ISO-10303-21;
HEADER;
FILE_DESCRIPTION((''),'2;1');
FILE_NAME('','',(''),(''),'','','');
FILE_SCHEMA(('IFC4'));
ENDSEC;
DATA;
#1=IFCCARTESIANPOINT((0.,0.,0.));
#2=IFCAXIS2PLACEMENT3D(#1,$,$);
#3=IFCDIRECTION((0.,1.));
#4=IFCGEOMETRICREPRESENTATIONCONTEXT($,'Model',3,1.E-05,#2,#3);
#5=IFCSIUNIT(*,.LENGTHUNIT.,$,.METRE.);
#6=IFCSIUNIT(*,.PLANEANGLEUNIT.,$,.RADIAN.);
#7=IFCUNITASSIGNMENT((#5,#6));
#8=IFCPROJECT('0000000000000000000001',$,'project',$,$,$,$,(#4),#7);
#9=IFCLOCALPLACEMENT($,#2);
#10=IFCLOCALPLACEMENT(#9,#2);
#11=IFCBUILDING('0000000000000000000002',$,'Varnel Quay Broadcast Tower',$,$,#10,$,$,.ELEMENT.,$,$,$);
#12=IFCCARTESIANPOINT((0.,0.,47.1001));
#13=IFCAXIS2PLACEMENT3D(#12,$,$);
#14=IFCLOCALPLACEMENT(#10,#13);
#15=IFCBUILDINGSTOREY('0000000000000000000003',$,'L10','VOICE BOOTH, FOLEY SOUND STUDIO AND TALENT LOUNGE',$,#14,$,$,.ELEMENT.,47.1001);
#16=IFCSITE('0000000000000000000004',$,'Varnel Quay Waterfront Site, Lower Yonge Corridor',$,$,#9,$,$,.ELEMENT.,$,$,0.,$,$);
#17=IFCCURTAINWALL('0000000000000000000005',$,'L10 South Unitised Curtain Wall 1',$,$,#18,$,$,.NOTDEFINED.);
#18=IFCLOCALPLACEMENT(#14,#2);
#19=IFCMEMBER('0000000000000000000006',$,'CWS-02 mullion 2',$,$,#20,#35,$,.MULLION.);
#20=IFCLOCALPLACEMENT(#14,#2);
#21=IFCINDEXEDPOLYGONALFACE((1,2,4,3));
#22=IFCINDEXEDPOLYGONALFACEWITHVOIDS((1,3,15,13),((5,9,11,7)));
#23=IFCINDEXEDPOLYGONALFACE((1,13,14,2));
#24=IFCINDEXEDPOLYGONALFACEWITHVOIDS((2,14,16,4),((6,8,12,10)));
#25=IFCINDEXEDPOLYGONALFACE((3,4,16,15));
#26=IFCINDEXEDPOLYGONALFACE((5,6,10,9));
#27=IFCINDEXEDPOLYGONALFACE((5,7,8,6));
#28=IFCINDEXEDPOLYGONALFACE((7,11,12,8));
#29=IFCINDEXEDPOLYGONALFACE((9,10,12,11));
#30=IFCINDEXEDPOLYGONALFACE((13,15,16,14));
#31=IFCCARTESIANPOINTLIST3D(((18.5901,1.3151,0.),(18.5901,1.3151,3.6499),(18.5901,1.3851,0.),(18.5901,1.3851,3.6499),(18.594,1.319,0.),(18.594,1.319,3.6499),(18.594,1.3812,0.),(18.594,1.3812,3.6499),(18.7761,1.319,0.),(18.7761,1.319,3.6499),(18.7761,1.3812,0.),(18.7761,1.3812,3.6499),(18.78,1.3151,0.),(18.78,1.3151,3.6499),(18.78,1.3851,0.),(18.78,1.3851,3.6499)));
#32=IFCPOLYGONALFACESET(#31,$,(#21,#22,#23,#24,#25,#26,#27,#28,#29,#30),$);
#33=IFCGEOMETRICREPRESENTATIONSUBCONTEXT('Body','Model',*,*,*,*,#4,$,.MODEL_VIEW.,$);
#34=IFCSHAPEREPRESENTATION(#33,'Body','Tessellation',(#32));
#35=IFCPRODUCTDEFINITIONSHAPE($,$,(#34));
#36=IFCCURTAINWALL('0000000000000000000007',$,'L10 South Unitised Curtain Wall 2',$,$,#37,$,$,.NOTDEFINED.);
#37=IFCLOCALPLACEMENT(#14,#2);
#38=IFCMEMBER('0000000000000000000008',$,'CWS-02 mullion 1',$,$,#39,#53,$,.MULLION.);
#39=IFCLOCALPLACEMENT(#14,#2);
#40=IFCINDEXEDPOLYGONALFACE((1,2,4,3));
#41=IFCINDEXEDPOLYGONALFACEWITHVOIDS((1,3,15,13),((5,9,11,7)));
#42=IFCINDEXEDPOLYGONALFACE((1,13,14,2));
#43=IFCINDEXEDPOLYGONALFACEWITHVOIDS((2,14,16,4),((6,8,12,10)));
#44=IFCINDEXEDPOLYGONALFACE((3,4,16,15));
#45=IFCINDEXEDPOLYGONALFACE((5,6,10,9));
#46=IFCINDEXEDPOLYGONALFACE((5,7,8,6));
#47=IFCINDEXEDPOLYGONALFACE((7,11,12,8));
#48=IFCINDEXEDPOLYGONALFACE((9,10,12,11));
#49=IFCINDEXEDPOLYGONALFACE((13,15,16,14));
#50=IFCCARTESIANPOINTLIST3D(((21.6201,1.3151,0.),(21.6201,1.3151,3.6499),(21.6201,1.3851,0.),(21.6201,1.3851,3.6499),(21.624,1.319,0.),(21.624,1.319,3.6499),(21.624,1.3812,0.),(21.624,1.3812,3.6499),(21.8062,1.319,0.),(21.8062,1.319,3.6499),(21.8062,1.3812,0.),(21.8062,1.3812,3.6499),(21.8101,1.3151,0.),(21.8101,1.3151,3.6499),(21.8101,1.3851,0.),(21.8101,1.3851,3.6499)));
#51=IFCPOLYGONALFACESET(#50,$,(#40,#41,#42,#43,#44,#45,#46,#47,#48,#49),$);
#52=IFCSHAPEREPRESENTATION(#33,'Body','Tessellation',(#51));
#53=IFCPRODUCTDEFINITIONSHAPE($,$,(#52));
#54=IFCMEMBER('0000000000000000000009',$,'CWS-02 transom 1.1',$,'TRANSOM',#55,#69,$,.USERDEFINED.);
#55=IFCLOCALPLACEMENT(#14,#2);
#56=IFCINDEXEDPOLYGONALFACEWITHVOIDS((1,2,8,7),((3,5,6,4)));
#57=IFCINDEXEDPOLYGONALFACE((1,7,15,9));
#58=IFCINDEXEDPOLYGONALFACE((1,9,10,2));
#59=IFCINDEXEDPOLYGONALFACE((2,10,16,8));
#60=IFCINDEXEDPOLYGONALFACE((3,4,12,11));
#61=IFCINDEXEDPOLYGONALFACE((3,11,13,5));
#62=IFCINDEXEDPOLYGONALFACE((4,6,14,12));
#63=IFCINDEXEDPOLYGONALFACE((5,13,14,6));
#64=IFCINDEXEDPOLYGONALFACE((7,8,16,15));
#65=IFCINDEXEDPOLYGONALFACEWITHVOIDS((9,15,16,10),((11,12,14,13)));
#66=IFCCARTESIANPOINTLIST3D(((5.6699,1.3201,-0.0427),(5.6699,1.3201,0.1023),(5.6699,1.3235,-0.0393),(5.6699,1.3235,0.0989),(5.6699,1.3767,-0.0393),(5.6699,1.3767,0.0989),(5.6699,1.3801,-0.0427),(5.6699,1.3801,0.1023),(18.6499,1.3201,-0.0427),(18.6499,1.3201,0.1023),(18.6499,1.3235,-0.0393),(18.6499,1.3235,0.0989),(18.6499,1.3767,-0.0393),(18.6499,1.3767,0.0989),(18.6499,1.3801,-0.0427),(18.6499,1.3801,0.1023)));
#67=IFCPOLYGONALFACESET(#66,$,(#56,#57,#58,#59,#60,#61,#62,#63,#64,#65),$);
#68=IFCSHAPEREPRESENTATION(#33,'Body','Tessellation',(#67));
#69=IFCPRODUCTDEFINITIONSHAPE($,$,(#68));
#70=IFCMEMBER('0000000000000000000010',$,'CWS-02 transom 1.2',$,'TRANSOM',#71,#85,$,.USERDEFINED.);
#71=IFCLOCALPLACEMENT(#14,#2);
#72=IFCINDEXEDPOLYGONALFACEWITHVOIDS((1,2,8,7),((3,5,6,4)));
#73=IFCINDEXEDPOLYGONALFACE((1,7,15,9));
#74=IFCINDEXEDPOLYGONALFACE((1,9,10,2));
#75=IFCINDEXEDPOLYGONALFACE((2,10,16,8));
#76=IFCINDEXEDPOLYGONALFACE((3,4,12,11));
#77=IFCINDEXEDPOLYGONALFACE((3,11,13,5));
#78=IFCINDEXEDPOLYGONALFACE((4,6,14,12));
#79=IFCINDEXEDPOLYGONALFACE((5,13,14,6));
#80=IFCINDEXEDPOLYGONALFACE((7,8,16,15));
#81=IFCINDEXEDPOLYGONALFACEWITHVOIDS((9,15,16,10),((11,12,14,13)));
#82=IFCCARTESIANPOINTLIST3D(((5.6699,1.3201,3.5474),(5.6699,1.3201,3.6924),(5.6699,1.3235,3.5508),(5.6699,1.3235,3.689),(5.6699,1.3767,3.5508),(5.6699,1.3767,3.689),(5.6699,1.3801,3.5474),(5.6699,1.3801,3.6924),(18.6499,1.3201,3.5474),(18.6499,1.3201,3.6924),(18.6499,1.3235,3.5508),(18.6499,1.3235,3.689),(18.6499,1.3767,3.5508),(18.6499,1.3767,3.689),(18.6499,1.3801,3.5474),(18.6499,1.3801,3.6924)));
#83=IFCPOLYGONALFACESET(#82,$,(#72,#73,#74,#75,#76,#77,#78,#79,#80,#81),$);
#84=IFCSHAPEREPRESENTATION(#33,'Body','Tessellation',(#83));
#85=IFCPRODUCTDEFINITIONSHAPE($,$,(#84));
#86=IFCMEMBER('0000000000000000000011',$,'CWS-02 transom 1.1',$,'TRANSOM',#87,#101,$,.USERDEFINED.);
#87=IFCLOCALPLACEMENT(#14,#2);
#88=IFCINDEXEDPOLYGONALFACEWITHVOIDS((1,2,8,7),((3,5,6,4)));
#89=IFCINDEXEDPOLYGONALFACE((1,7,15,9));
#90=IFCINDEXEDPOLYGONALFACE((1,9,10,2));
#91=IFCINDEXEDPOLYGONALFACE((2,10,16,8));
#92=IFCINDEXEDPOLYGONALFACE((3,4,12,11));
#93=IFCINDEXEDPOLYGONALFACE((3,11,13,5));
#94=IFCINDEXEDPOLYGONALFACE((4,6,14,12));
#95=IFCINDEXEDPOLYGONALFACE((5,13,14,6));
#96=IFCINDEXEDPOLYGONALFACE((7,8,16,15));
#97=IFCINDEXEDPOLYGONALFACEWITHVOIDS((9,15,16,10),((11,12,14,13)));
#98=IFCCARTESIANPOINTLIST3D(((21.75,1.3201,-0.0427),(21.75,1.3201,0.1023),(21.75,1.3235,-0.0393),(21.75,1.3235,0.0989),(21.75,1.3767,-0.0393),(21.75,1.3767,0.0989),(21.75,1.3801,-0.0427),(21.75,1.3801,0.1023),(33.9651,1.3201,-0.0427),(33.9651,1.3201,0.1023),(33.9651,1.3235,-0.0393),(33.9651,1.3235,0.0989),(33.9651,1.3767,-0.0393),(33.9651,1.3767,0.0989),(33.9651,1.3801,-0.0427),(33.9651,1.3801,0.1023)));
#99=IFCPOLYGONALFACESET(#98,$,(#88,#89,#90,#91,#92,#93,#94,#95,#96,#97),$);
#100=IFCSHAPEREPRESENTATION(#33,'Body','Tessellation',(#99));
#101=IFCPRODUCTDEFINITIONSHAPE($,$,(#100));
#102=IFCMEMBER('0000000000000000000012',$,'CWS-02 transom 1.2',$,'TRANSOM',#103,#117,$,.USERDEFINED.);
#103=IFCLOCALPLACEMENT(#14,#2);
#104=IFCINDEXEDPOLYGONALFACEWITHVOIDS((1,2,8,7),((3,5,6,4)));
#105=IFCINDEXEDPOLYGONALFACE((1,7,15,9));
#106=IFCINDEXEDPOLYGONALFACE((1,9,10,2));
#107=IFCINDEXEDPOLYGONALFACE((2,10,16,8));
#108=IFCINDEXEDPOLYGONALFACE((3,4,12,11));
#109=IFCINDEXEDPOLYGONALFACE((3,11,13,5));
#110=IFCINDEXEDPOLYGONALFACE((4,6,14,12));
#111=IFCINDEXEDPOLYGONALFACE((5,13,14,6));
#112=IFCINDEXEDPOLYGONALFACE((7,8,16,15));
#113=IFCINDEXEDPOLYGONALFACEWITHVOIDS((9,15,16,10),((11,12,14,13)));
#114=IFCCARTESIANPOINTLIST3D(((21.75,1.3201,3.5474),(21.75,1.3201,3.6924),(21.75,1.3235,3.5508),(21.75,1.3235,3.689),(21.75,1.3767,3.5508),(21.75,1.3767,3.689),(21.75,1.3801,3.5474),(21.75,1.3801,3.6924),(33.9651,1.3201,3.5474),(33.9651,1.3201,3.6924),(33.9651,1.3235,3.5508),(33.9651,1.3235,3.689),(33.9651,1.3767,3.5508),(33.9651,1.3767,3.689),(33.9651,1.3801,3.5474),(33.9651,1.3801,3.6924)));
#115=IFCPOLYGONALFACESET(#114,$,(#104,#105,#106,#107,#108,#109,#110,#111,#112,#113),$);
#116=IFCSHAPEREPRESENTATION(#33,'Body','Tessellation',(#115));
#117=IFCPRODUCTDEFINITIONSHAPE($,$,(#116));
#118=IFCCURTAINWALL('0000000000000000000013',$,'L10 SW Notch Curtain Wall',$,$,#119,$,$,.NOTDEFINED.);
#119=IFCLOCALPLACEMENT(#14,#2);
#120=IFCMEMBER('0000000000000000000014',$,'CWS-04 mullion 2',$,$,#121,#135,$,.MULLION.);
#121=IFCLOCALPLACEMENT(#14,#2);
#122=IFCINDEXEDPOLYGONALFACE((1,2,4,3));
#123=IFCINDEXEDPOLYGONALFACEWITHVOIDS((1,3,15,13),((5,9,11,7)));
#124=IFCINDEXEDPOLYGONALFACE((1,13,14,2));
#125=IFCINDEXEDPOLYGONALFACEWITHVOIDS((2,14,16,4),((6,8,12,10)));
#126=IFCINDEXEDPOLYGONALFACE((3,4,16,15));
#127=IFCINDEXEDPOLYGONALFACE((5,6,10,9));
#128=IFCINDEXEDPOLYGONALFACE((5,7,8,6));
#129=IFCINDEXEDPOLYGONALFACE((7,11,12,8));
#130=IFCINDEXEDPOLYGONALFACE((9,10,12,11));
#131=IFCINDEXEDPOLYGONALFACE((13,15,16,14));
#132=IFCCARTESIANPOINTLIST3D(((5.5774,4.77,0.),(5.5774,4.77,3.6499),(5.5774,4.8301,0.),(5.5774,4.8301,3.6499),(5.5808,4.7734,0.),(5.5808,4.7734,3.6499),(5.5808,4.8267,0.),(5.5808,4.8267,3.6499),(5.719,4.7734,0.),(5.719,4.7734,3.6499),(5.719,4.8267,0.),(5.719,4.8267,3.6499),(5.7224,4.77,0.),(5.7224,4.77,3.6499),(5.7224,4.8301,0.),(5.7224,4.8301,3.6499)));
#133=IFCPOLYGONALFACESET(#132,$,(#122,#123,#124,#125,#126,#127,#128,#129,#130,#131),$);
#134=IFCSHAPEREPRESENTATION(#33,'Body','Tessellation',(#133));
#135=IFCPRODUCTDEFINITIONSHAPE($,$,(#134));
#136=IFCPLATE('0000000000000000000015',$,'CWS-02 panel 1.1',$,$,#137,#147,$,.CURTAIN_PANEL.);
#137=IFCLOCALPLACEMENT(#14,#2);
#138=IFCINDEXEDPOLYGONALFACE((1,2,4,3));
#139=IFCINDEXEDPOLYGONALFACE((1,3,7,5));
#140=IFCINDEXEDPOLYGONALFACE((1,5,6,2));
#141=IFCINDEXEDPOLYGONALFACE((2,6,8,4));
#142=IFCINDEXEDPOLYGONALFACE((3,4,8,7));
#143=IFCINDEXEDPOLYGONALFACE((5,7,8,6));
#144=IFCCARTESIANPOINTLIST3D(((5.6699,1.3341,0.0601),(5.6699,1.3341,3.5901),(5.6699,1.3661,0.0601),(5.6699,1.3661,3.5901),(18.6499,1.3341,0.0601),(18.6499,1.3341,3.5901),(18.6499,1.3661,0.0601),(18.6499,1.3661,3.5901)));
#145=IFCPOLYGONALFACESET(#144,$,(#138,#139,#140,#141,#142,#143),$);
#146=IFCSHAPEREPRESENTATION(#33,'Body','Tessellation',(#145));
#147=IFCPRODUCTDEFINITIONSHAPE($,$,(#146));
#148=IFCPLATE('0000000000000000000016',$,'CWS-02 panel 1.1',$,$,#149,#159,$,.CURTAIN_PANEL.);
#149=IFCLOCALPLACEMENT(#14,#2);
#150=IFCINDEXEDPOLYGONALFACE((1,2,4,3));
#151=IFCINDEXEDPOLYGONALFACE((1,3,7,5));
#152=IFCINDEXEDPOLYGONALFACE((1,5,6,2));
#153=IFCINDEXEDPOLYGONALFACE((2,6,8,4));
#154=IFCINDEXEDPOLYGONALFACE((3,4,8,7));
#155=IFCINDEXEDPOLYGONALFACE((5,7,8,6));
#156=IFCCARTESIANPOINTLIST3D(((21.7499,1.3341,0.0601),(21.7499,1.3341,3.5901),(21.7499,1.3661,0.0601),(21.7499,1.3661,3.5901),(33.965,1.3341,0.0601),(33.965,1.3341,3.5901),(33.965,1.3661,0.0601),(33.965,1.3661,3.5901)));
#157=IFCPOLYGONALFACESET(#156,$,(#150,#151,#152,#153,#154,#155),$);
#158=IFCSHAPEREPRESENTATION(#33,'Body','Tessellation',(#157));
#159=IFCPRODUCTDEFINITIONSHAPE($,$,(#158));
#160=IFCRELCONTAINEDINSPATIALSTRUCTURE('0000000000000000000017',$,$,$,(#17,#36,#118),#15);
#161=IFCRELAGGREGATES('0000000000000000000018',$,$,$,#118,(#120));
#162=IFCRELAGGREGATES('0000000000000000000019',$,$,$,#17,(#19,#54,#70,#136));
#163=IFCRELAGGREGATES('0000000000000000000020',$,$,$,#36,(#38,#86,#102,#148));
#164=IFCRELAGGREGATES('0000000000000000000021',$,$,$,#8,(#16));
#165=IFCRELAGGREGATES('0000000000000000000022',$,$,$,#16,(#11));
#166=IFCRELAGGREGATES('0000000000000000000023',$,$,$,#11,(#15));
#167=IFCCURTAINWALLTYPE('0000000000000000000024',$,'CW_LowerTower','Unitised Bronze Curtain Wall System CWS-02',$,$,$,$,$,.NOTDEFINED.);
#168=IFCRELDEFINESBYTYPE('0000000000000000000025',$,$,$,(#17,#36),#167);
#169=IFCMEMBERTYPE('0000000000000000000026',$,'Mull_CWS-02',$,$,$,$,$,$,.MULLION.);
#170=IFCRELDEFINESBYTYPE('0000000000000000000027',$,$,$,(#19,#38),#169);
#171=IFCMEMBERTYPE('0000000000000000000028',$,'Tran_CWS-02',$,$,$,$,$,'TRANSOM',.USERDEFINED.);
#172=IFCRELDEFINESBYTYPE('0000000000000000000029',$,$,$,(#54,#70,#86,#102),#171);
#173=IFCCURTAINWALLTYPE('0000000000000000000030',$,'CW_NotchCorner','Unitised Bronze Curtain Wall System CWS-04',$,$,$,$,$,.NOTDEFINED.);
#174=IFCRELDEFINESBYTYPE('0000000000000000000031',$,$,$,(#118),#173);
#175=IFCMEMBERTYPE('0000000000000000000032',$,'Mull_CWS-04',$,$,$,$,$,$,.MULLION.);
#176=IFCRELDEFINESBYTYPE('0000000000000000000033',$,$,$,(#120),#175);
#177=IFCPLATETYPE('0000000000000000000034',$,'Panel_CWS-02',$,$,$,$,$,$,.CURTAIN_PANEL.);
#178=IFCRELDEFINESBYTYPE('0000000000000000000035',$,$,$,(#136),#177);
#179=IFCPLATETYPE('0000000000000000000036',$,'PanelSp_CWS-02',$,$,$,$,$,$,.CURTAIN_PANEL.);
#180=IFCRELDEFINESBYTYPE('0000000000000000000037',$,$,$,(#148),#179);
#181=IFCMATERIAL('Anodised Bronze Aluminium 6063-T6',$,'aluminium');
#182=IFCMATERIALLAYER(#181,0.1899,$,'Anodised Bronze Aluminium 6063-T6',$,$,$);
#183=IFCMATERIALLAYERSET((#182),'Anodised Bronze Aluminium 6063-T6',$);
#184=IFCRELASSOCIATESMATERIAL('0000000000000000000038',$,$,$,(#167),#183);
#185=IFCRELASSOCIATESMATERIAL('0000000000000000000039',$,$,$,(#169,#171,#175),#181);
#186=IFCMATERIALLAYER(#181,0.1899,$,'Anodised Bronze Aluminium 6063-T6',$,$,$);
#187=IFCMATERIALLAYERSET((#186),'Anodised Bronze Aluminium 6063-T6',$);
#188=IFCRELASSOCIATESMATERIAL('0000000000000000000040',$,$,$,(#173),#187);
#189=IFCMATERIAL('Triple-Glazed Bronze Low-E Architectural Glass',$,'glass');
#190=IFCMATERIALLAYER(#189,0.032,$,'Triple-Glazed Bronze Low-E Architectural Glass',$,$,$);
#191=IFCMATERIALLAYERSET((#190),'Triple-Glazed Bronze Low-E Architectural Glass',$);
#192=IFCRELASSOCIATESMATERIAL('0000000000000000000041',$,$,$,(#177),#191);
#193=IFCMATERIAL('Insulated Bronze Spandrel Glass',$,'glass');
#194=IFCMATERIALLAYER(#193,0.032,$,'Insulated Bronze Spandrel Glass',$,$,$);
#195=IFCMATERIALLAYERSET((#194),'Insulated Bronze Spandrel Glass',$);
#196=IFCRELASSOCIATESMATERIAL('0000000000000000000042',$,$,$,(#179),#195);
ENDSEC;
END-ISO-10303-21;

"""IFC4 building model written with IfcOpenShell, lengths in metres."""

from ifc_helpers import new_model, si_unit, direction, frame, origin, origin_2d, place, context, subcontext, project, spatial, rectangle, hollow_rectangle, extrude, source, transform, mapped, material, layer, layer_set, material_profile, profile_set, type_object, type_shapes, element, aggregate, save


model = new_model("IFC4")

# Units and contexts
model_context = context("Model", 3, precision=1e-05, world=origin(), true_north=direction((0.0, 1.0)))
body_context = subcontext(model_context, "Body", "Model", "MODEL_VIEW")
ifc_project = project(units=[si_unit("LENGTHUNIT", "METRE"), si_unit("PLANEANGLEUNIT", "RADIAN")], contexts=[model_context])

# Site, building, storey
site_placement = place(None, origin())
site = spatial("IfcSite", under=ifc_project, at=site_placement, Name="Varnel Quay Waterfront Site, Lower Yonge Corridor", CompositionType="ELEMENT", RefElevation=0.0)
building_placement = place(site_placement, origin())
building = spatial("IfcBuilding", under=site, at=building_placement, Name="Varnel Quay Broadcast Tower", CompositionType="ELEMENT")
storey_placement = place(building_placement, frame((0.0, 0.0, 47.1001)))
storey = spatial("IfcBuildingStorey", under=building, at=storey_placement, Name="L10", Description="VOICE BOOTH, FOLEY SOUND STUDIO AND TALENT LOUNGE", CompositionType="ELEMENT", Elevation=47.1001)

# Curtain wall, member
ifc_material_1 = material(Name="Anodised Bronze Aluminium 6063-T6", Category="aluminium")
ifc_layer_1 = layer(ifc_material_1, 0.1899, Name="Anodised Bronze Aluminium 6063-T6")
ifc_layer_set_1 = layer_set([ifc_layer_1], Name="Anodised Bronze Aluminium 6063-T6")
curtain_wall_type_1 = type_object("IfcCurtainWallType", Name="CW_LowerTower", Description="Unitised Bronze Curtain Wall System CWS-02", PredefinedType="NOTDEFINED", material=ifc_layer_set_1)
curtain_wall_1_placement = place(storey_placement, origin())
curtain_wall_1 = element("IfcCurtainWall", 1, at=curtain_wall_1_placement, inside=storey, type_object=curtain_wall_type_1, Name="L10 South Unitised Curtain Wall 1", PredefinedType="NOTDEFINED")
ifc_material_profile_1 = material_profile(ifc_material_1, hollow_rectangle(XDim=0.0701, YDim=0.1899, WallThickness=0.0039, at=origin_2d()), Name="ALU70X190X4")
ifc_profile_set_1 = profile_set([ifc_material_profile_1], Name="Anodised Bronze Aluminium 6063-T6")
member_type_1 = type_object("IfcMemberType", Name="Mull_CWS-02", PredefinedType="MULLION", material=ifc_profile_set_1)
shared_shape_1 = source(origin(), body_context, "Body", "SweptSolid", [
    extrude(hollow_rectangle(XDim=0.0701, YDim=0.1899, WallThickness=0.0039, at=origin_2d()), origin(), (0.0, 0.0, 1.0), 3.6499),
])
type_shapes(member_type_1, [shared_shape_1])
member_1_placement = place(storey_placement, frame((18.6851, 1.3501, 0.0), z_axis=(0.0, 0.0, 1.0), x_axis=(0.0, 1.0, 0.0)))
member_1 = element("IfcMember", 2, at=member_1_placement, type_object=member_type_1, Name="CWS-02 mullion 2", PredefinedType="MULLION", context=body_context, shape_type="MappedRepresentation", body=[
    mapped(shared_shape_1, transform((0.0, 0.0, 0.0), x_axis=(1.0, 0.0, 0.0), y_axis=(0.0, 1.0, 0.0), z_axis=(0.0, 0.0, 1.0), scale=1.0)),
])

# Curtain wall, member
curtain_wall_2_placement = place(storey_placement, origin())
curtain_wall_2 = element("IfcCurtainWall", 3, at=curtain_wall_2_placement, inside=storey, type_object=curtain_wall_type_1, Name="L10 South Unitised Curtain Wall 2", PredefinedType="NOTDEFINED")
member_2_placement = place(storey_placement, frame((21.7151, 1.3501, 0.0), z_axis=(0.0, 0.0, 1.0), x_axis=(0.0, 1.0, 0.0)))
member_2 = element("IfcMember", 4, at=member_2_placement, type_object=member_type_1, Name="CWS-02 mullion 1", PredefinedType="MULLION", context=body_context, shape_type="MappedRepresentation", body=[
    mapped(shared_shape_1, transform((0.0, 0.0, 0.0), x_axis=(1.0, 0.0, 0.0), y_axis=(0.0, 1.0, 0.0), z_axis=(0.0, 0.0, 1.0), scale=1.0)),
])

# Members
ifc_material_profile_2 = material_profile(ifc_material_1, hollow_rectangle(XDim=0.0601, YDim=0.145, WallThickness=0.0034, at=origin_2d()), Name="ALU60X145X3.5")
ifc_profile_set_2 = profile_set([ifc_material_profile_2], Name="Anodised Bronze Aluminium 6063-T6")
member_type_2 = type_object("IfcMemberType", Name="Tran_CWS-02", ElementType="TRANSOM", PredefinedType="USERDEFINED", material=ifc_profile_set_2)
shared_shape_2 = source(origin(), body_context, "Body", "SweptSolid", [
    extrude(hollow_rectangle(XDim=0.0601, YDim=0.145, WallThickness=0.0034, at=origin_2d()), origin(), (0.0, 0.0, 1.0), 12.98),
])
member_3_placement = place(storey_placement, frame((5.6699, 1.3501, 0.0298), z_axis=(1.0, 0.0, 0.0), x_axis=(0.0, 1.0, 0.0)))
member_3 = element("IfcMember", 5, at=member_3_placement, type_object=member_type_2, Name="CWS-02 transom 1.1", ObjectType="TRANSOM", PredefinedType="USERDEFINED", context=body_context, shape_type="MappedRepresentation", body=[
    mapped(shared_shape_2, transform((0.0, 0.0, 0.0), x_axis=(1.0, 0.0, 0.0), y_axis=(0.0, 1.0, 0.0), z_axis=(0.0, 0.0, 1.0), scale=1.0)),
])
member_4_placement = place(storey_placement, frame((5.6699, 1.3501, 3.6199), z_axis=(1.0, 0.0, 0.0), x_axis=(0.0, 1.0, 0.0)))
member_4 = element("IfcMember", 6, at=member_4_placement, type_object=member_type_2, Name="CWS-02 transom 1.2", ObjectType="TRANSOM", PredefinedType="USERDEFINED", context=body_context, shape_type="MappedRepresentation", body=[
    mapped(shared_shape_2, transform((0.0, 0.0, 0.0), x_axis=(1.0, 0.0, 0.0), y_axis=(0.0, 1.0, 0.0), z_axis=(0.0, 0.0, 1.0), scale=1.0)),
])
shared_shape_3 = source(origin(), body_context, "Body", "SweptSolid", [
    extrude(hollow_rectangle(XDim=0.0601, YDim=0.145, WallThickness=0.0034, at=origin_2d()), origin(), (0.0, 0.0, 1.0), 12.2151),
])
type_shapes(member_type_2, [shared_shape_2, shared_shape_3])
member_5_placement = place(storey_placement, frame((21.75, 1.3501, 0.0298), z_axis=(1.0, 0.0, 0.0), x_axis=(0.0, 1.0, 0.0)))
member_5 = element("IfcMember", 7, at=member_5_placement, type_object=member_type_2, Name="CWS-02 transom 1.1", ObjectType="TRANSOM", PredefinedType="USERDEFINED", context=body_context, shape_type="MappedRepresentation", body=[
    mapped(shared_shape_3, transform((0.0, 0.0, 0.0), x_axis=(1.0, 0.0, 0.0), y_axis=(0.0, 1.0, 0.0), z_axis=(0.0, 0.0, 1.0), scale=1.0)),
])
member_6_placement = place(storey_placement, frame((21.75, 1.3501, 3.6199), z_axis=(1.0, 0.0, 0.0), x_axis=(0.0, 1.0, 0.0)))
member_6 = element("IfcMember", 8, at=member_6_placement, type_object=member_type_2, Name="CWS-02 transom 1.2", ObjectType="TRANSOM", PredefinedType="USERDEFINED", context=body_context, shape_type="MappedRepresentation", body=[
    mapped(shared_shape_3, transform((0.0, 0.0, 0.0), x_axis=(1.0, 0.0, 0.0), y_axis=(0.0, 1.0, 0.0), z_axis=(0.0, 0.0, 1.0), scale=1.0)),
])

# Curtain wall, member
ifc_layer_2 = layer(ifc_material_1, 0.1899, Name="Anodised Bronze Aluminium 6063-T6")
ifc_layer_set_2 = layer_set([ifc_layer_2], Name="Anodised Bronze Aluminium 6063-T6")
curtain_wall_type_2 = type_object("IfcCurtainWallType", Name="CW_NotchCorner", Description="Unitised Bronze Curtain Wall System CWS-04", PredefinedType="NOTDEFINED", material=ifc_layer_set_2)
curtain_wall_3_placement = place(storey_placement, origin())
curtain_wall_3 = element("IfcCurtainWall", 9, at=curtain_wall_3_placement, inside=storey, type_object=curtain_wall_type_2, Name="L10 SW Notch Curtain Wall", PredefinedType="NOTDEFINED")
ifc_material_profile_3 = material_profile(ifc_material_1, hollow_rectangle(XDim=0.0601, YDim=0.145, WallThickness=0.0034, at=origin_2d()), Name="ALU60X145X3.5")
ifc_profile_set_3 = profile_set([ifc_material_profile_3], Name="Anodised Bronze Aluminium 6063-T6")
member_type_3 = type_object("IfcMemberType", Name="Mull_CWS-04", PredefinedType="MULLION", material=ifc_profile_set_3)
shared_shape_4 = source(origin(), body_context, "Body", "SweptSolid", [
    extrude(hollow_rectangle(XDim=0.0601, YDim=0.145, WallThickness=0.0034, at=origin_2d()), origin(), (0.0, 0.0, 1.0), 3.6499),
])
type_shapes(member_type_3, [shared_shape_4])
member_7_placement = place(storey_placement, frame((5.6499, 4.8, 0.0), z_axis=(0.0, 0.0, 1.0), x_axis=(0.0, 1.0, 0.0)))
member_7 = element("IfcMember", 10, at=member_7_placement, type_object=member_type_3, Name="CWS-04 mullion 2", PredefinedType="MULLION", context=body_context, shape_type="MappedRepresentation", body=[
    mapped(shared_shape_4, transform((0.0, 0.0, 0.0), x_axis=(1.0, 0.0, 0.0), y_axis=(0.0, 1.0, 0.0), z_axis=(0.0, 0.0, 1.0), scale=1.0)),
])
aggregate(curtain_wall_3, [member_7])

# Plates
ifc_material_2 = material(Name="Triple-Glazed Bronze Low-E Architectural Glass", Category="glass")
ifc_layer_3 = layer(ifc_material_2, 0.032, Name="Triple-Glazed Bronze Low-E Architectural Glass")
ifc_layer_set_3 = layer_set([ifc_layer_3], Name="Triple-Glazed Bronze Low-E Architectural Glass")
plate_type_1 = type_object("IfcPlateType", Name="Panel_CWS-02", PredefinedType="CURTAIN_PANEL", material=ifc_layer_set_3)
shared_shape_5 = source(origin(), body_context, "Body", "SweptSolid", [
    extrude(rectangle(XDim=12.98, YDim=0.032, at=origin_2d()), origin(), (0.0, 0.0, 1.0), 3.53),
])
type_shapes(plate_type_1, [shared_shape_5])
plate_1_placement = place(storey_placement, frame((12.1599, 1.3501, 0.0601), z_axis=(0.0, 0.0, 1.0), x_axis=(1.0, 0.0, 0.0)))
plate_1 = element("IfcPlate", 11, at=plate_1_placement, type_object=plate_type_1, Name="CWS-02 panel 1.1", PredefinedType="CURTAIN_PANEL", context=body_context, shape_type="MappedRepresentation", body=[
    mapped(shared_shape_5, transform((0.0, 0.0, 0.0), x_axis=(1.0, 0.0, 0.0), y_axis=(0.0, 1.0, 0.0), z_axis=(0.0, 0.0, 1.0), scale=1.0)),
])
aggregate(curtain_wall_1, [member_1, member_3, member_4, plate_1])
ifc_material_3 = material(Name="Insulated Bronze Spandrel Glass", Category="glass")
ifc_layer_4 = layer(ifc_material_3, 0.032, Name="Insulated Bronze Spandrel Glass")
ifc_layer_set_4 = layer_set([ifc_layer_4], Name="Insulated Bronze Spandrel Glass")
plate_type_2 = type_object("IfcPlateType", Name="PanelSp_CWS-02", PredefinedType="CURTAIN_PANEL", material=ifc_layer_set_4)
shared_shape_6 = source(origin(), body_context, "Body", "SweptSolid", [
    extrude(rectangle(XDim=12.2151, YDim=0.032, at=origin_2d()), origin(), (0.0, 0.0, 1.0), 3.53),
])
type_shapes(plate_type_2, [shared_shape_6])
plate_2_placement = place(storey_placement, frame((27.8574, 1.3501, 0.0601), z_axis=(0.0, 0.0, 1.0), x_axis=(1.0, 0.0, 0.0)))
plate_2 = element("IfcPlate", 12, at=plate_2_placement, type_object=plate_type_2, Name="CWS-02 panel 1.1", PredefinedType="CURTAIN_PANEL", context=body_context, shape_type="MappedRepresentation", body=[
    mapped(shared_shape_6, transform((0.0, 0.0, 0.0), x_axis=(1.0, 0.0, 0.0), y_axis=(0.0, 1.0, 0.0), z_axis=(0.0, 0.0, 1.0), scale=1.0)),
])
aggregate(curtain_wall_2, [member_2, member_5, member_6, plate_2])

save(model, "model.ifc")
